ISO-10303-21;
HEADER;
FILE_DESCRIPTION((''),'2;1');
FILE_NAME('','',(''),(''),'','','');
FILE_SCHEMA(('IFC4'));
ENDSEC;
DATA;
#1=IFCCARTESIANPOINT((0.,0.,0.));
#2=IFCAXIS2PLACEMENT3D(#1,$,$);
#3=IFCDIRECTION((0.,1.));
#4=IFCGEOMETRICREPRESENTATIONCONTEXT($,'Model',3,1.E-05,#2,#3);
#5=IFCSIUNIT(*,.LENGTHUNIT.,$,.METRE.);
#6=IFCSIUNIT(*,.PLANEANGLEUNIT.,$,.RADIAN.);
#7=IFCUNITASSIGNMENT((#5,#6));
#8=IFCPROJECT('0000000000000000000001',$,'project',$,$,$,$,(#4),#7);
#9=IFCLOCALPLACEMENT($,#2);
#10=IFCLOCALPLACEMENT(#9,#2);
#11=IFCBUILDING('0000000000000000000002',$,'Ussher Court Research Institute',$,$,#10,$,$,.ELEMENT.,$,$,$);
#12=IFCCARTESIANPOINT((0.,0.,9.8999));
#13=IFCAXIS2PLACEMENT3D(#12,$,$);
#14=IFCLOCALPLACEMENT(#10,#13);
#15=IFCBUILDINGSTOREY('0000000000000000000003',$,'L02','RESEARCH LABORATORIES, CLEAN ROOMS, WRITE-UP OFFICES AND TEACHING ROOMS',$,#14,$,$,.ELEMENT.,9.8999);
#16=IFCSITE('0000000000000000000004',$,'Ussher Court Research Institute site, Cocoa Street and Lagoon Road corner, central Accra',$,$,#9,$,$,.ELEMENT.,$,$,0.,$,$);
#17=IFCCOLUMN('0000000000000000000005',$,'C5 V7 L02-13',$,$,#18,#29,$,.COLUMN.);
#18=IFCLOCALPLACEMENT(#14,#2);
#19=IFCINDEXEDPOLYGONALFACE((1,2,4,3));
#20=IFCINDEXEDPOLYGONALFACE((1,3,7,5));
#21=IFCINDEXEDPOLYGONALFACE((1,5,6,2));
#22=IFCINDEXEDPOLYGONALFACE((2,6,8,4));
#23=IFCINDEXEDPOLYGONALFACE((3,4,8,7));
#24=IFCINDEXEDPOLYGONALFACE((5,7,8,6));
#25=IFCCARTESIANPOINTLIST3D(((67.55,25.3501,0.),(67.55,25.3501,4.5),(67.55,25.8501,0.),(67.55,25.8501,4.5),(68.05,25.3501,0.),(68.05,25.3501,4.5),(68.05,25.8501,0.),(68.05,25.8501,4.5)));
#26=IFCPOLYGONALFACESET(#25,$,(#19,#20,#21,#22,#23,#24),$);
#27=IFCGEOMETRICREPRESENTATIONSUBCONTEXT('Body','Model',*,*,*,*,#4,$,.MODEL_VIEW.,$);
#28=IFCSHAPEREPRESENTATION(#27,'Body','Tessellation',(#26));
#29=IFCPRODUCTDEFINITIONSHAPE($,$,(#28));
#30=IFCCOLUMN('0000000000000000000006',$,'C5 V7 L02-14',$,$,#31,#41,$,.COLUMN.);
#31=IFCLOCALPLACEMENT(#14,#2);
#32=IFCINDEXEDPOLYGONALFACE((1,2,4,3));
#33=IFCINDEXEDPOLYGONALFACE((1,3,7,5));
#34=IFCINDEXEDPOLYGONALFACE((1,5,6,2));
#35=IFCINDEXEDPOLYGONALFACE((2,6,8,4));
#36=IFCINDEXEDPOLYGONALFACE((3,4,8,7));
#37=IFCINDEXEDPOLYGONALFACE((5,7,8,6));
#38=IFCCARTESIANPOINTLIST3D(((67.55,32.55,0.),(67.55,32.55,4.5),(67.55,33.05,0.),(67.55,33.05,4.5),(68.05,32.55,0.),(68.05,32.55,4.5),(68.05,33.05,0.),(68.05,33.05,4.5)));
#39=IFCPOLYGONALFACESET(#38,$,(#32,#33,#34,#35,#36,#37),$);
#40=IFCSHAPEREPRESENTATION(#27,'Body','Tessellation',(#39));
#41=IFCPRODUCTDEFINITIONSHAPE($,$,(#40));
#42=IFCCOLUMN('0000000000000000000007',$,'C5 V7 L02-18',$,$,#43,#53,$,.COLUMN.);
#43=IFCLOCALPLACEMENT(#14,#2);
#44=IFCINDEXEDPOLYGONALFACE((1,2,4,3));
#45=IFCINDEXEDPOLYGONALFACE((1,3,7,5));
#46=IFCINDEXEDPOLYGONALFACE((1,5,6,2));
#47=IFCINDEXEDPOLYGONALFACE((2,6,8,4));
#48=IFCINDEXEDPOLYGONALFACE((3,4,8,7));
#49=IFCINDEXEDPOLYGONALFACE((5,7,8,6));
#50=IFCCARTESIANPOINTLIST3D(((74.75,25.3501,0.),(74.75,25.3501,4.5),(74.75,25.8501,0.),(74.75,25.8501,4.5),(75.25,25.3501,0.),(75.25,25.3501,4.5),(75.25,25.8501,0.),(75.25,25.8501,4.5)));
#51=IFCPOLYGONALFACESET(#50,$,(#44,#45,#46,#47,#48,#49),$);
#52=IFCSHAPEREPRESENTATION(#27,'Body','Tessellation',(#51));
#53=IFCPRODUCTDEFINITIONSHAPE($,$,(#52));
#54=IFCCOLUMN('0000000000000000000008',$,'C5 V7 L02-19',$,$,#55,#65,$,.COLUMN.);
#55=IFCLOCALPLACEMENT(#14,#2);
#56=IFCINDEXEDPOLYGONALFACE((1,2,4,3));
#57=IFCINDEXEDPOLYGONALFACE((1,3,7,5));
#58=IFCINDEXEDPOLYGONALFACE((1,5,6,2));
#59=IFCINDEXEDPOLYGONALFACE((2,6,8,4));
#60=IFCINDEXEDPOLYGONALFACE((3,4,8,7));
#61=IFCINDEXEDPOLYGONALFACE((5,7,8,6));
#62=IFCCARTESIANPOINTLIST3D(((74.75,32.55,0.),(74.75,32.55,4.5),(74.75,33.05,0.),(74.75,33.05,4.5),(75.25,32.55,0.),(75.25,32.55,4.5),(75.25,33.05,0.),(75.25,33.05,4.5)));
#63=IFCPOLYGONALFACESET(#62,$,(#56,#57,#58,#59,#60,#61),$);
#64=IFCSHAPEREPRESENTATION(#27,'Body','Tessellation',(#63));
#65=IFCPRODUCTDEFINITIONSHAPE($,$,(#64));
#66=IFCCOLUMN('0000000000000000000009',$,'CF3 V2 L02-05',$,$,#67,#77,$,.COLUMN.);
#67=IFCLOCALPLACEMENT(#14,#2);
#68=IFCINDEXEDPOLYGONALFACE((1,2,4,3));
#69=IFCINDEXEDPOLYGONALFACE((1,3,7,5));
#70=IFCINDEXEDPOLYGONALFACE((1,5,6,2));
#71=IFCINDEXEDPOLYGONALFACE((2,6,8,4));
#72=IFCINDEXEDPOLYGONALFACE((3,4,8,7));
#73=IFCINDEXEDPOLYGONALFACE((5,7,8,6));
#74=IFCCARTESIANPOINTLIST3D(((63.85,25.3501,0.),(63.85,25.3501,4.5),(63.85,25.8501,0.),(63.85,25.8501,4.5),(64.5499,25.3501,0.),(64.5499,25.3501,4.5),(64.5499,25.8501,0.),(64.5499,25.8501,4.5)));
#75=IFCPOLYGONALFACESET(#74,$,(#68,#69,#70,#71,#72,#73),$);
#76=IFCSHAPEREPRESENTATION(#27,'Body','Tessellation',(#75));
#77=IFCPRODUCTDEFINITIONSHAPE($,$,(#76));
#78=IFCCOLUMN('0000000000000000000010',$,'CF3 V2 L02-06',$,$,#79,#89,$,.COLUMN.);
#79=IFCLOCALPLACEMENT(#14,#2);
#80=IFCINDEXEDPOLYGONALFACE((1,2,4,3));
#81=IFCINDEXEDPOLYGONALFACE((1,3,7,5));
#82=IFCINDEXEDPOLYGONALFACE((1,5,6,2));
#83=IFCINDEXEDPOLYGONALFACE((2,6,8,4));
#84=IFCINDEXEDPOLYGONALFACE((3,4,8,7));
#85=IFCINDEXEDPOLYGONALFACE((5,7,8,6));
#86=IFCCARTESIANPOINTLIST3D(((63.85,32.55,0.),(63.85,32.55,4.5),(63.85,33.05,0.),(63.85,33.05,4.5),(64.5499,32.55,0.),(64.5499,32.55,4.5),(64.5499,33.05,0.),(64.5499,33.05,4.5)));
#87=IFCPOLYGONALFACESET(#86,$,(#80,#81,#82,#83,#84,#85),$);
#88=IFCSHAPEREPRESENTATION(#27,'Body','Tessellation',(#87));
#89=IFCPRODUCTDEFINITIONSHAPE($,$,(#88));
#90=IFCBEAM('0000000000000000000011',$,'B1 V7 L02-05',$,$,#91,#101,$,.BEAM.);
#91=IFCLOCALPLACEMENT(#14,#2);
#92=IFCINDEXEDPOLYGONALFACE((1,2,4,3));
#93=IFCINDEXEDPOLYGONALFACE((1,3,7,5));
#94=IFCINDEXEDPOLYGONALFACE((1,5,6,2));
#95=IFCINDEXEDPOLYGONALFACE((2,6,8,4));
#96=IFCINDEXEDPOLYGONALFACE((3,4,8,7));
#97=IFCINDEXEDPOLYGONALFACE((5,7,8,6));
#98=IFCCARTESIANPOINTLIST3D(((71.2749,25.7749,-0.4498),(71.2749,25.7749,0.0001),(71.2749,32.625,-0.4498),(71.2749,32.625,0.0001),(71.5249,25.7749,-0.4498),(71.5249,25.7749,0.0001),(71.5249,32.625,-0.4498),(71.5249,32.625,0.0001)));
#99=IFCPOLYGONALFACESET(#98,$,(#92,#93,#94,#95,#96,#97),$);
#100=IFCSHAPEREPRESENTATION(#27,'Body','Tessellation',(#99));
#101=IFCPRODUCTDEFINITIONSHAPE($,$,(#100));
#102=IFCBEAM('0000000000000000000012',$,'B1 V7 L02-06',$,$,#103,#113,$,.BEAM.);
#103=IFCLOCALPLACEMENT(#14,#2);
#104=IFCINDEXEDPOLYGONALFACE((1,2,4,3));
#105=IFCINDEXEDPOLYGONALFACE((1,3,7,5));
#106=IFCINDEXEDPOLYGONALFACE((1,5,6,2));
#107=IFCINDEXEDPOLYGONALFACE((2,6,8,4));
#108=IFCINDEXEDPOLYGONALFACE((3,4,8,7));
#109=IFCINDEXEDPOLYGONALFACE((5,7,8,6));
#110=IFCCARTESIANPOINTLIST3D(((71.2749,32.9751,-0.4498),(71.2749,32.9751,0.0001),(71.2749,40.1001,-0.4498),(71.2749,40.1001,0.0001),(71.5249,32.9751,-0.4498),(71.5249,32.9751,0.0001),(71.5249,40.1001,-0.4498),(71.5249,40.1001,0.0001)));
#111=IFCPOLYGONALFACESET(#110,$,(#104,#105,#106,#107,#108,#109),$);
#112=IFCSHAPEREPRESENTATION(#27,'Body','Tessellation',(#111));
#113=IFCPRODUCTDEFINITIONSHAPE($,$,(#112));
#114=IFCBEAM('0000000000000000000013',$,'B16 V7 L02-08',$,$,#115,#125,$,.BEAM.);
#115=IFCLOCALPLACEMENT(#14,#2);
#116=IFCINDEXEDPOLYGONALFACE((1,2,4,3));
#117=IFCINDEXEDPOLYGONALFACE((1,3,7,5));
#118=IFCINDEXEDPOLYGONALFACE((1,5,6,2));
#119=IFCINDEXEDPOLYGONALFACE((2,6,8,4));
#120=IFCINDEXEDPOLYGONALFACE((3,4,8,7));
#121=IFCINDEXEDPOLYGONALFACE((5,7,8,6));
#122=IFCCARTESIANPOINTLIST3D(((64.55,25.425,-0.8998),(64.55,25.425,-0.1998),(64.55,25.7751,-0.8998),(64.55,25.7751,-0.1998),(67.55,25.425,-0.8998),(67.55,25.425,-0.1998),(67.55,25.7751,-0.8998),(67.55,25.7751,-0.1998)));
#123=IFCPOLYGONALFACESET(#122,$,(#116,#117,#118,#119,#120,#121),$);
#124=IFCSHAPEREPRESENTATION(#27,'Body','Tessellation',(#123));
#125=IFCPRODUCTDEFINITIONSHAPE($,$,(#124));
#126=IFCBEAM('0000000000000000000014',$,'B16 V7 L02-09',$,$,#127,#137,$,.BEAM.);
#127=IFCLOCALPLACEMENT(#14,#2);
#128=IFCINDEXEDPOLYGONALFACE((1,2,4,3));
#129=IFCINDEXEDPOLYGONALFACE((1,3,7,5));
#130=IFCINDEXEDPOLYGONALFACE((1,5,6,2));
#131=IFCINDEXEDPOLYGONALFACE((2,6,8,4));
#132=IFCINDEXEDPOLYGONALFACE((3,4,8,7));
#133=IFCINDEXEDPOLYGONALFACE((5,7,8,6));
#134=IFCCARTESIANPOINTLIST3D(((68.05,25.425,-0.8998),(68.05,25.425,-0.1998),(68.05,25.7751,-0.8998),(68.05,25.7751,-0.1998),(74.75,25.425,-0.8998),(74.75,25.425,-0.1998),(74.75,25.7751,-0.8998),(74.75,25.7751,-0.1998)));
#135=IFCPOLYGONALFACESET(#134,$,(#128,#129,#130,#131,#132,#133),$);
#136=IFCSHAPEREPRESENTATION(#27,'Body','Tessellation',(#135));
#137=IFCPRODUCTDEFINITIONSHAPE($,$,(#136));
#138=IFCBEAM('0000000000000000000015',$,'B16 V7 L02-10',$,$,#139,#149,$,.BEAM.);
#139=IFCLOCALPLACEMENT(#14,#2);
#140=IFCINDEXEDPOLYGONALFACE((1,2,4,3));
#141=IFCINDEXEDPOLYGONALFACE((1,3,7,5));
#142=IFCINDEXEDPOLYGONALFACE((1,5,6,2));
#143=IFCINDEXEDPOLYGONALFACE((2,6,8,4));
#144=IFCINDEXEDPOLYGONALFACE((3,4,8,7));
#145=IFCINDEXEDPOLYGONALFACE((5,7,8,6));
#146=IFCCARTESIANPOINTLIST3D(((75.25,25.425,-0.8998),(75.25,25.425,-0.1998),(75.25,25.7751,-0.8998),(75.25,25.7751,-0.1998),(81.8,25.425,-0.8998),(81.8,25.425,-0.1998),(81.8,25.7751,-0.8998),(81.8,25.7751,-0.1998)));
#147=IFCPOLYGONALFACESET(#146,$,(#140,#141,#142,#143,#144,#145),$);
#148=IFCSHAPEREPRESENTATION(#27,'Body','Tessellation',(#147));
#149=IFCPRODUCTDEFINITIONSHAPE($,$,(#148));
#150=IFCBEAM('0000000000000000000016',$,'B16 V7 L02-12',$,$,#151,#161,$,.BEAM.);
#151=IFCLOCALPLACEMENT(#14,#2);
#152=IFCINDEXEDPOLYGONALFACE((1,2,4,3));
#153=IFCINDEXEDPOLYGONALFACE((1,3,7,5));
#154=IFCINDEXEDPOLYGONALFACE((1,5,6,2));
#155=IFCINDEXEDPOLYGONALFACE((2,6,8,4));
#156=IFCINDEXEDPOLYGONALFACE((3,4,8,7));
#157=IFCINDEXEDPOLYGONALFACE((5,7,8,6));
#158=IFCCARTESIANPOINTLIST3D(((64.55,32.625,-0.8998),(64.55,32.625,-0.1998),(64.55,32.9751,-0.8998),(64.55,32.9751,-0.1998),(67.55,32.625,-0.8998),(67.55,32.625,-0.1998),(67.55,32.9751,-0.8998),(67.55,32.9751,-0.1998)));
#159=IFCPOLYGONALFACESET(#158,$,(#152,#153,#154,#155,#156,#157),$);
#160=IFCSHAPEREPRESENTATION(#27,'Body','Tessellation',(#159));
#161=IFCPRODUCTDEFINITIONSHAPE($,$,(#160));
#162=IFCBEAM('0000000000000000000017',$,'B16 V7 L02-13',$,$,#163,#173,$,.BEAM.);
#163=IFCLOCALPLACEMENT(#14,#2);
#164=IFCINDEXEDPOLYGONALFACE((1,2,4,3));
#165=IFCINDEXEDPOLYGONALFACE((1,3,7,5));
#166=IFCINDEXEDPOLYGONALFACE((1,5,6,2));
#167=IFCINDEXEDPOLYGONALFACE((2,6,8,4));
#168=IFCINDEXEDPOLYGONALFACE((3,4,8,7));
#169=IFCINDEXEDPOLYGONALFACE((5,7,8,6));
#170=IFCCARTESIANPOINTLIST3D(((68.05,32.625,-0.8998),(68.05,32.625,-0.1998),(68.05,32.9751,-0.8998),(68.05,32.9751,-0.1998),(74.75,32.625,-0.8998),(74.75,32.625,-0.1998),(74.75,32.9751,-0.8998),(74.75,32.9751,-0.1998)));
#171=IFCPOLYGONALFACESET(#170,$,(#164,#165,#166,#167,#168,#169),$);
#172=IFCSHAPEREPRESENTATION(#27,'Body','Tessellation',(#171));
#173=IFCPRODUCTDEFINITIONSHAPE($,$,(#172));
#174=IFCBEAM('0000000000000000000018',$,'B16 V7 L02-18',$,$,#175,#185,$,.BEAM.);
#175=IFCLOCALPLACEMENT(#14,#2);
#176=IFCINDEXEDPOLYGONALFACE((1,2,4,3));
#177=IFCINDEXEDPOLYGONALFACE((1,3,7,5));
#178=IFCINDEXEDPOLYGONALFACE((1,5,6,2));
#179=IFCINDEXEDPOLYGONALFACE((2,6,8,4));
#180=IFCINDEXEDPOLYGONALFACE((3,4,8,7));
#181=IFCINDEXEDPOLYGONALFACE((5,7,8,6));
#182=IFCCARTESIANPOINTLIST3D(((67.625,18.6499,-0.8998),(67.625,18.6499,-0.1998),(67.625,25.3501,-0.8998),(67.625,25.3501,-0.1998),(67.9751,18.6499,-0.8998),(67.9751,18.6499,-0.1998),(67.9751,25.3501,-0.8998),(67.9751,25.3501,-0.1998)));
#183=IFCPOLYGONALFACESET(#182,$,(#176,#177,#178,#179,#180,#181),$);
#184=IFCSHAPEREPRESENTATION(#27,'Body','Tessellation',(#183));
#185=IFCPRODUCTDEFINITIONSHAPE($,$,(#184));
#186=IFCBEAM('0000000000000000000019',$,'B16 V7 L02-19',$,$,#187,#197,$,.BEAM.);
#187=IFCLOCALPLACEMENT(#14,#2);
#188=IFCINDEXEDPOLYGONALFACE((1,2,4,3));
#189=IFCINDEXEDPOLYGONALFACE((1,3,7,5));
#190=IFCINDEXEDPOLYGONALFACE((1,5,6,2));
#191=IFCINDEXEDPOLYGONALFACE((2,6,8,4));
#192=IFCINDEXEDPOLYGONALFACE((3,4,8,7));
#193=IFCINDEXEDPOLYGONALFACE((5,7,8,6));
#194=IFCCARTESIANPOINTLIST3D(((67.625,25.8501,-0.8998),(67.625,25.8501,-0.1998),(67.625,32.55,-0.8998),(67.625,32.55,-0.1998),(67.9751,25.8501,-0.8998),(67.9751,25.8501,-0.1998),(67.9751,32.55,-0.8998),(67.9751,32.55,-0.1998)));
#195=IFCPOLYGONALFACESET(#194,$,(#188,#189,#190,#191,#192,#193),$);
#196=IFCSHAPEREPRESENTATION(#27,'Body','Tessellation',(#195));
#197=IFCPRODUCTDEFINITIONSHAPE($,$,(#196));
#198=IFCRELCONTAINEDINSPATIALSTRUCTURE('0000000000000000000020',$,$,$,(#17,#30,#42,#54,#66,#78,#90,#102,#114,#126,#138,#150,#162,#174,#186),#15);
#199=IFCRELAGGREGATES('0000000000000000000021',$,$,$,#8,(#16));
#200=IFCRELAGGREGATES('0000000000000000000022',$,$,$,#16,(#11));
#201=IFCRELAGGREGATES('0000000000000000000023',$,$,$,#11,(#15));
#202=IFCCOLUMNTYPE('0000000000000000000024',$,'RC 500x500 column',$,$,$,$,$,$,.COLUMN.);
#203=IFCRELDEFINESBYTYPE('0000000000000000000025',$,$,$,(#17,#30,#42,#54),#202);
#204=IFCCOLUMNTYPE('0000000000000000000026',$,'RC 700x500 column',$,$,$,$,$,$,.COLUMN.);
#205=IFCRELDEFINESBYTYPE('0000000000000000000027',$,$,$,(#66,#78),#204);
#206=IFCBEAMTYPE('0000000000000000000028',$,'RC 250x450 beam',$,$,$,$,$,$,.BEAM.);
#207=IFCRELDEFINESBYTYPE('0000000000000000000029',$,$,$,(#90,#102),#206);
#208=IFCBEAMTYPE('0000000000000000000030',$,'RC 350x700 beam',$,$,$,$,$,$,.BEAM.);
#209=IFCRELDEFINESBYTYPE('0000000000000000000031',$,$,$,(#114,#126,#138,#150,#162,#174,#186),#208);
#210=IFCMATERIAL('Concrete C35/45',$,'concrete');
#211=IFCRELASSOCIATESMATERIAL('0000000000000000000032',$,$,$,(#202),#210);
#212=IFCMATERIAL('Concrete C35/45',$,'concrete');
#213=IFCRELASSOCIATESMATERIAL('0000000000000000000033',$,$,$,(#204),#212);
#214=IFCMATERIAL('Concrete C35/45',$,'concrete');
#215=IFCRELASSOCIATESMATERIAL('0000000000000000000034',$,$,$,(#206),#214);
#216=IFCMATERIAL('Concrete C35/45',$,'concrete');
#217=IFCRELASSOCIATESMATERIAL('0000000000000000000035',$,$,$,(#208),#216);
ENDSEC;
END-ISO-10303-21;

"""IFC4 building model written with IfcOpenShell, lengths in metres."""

from ifc_helpers import new_model, si_unit, direction, frame, origin, origin_2d, place, context, subcontext, project, spatial, rectangle, extrude, material, material_profile, profile_set, type_object, element, save


model = new_model("IFC4")

# Units and contexts
model_context = context("Model", 3, precision=1e-05, world=origin(), true_north=direction((0.0, 1.0)))
body_context = subcontext(model_context, "Body", "Model", "MODEL_VIEW")
ifc_project = project(units=[si_unit("LENGTHUNIT", "METRE"), si_unit("PLANEANGLEUNIT", "RADIAN")], contexts=[model_context])

# Site, building, storey
site_placement = place(None, origin())
site = spatial("IfcSite", under=ifc_project, at=site_placement, Name="Ussher Court Research Institute site, Cocoa Street and Lagoon Road corner, central Accra", CompositionType="ELEMENT", RefElevation=0.0)
building_placement = place(site_placement, origin())
building = spatial("IfcBuilding", under=site, at=building_placement, Name="Ussher Court Research Institute", CompositionType="ELEMENT")
storey_placement = place(building_placement, frame((0.0, 0.0, 9.8999)))
storey = spatial("IfcBuildingStorey", under=building, at=storey_placement, Name="L02", Description="RESEARCH LABORATORIES, CLEAN ROOMS, WRITE-UP OFFICES AND TEACHING ROOMS", CompositionType="ELEMENT", Elevation=9.8999)

# Columns
ifc_material_1 = material(Name="Concrete C35/45", Category="concrete")
ifc_material_profile_1 = material_profile(ifc_material_1, rectangle(XDim=0.5, YDim=0.5, at=origin_2d()), Name="RC 500x500")
ifc_profile_set_1 = profile_set([ifc_material_profile_1], Name="Concrete C35/45")
column_type_1 = type_object("IfcColumnType", Name="RC 500x500 column", PredefinedType="COLUMN", material=ifc_profile_set_1)
for number, where, z_axis, x_axis, name in (
    (1, (67.8, 25.6001, 0.0), (0.0, 0.0, 1.0), (1.0, 0.0, 0.0), "C5 V7 L02-13"),
    (2, (67.8, 32.8, 0.0), (0.0, 0.0, 1.0), (1.0, 0.0, 0.0), "C5 V7 L02-14"),
    (3, (75.0, 25.6001, 0.0), (0.0, 0.0, 1.0), (1.0, 0.0, 0.0), "C5 V7 L02-18"),
    (4, (75.0, 32.8, 0.0), (0.0, 0.0, 1.0), (1.0, 0.0, 0.0), "C5 V7 L02-19"),
):
    element("IfcColumn", number, at=place(storey_placement, frame(where, z_axis=z_axis, x_axis=x_axis)), inside=storey, type_object=column_type_1, Name=name, PredefinedType="COLUMN", context=body_context, shape_type="SweptSolid", body=[
        extrude(rectangle(XDim=0.5, YDim=0.5, at=origin_2d()), origin(), (0.0, 0.0, 1.0), 4.5),
    ])
ifc_material_2 = material(Name="Concrete C35/45", Category="concrete")
ifc_material_profile_2 = material_profile(ifc_material_2, rectangle(XDim=0.7, YDim=0.5, at=origin_2d()), Name="RC 700x500")
ifc_profile_set_2 = profile_set([ifc_material_profile_2], Name="Concrete C35/45")
column_type_2 = type_object("IfcColumnType", Name="RC 700x500 column", PredefinedType="COLUMN", material=ifc_profile_set_2)
for number, where, z_axis, x_axis, name in (
    (5, (64.2, 25.6001, 0.0), (0.0, 0.0, 1.0), (1.0, 0.0, 0.0), "CF3 V2 L02-05"),
    (6, (64.2, 32.8, 0.0), (0.0, 0.0, 1.0), (1.0, 0.0, 0.0), "CF3 V2 L02-06"),
):
    element("IfcColumn", number, at=place(storey_placement, frame(where, z_axis=z_axis, x_axis=x_axis)), inside=storey, type_object=column_type_2, Name=name, PredefinedType="COLUMN", context=body_context, shape_type="SweptSolid", body=[
        extrude(rectangle(XDim=0.7, YDim=0.5, at=origin_2d()), origin(), (0.0, 0.0, 1.0), 4.5),
    ])

# Beams
ifc_material_3 = material(Name="Concrete C35/45", Category="concrete")
ifc_material_profile_3 = material_profile(ifc_material_3, rectangle(XDim=0.25, YDim=0.45, at=origin_2d()), Name="RC 250x450")
ifc_profile_set_3 = profile_set([ifc_material_profile_3], Name="Concrete C35/45")
beam_type_1 = type_object("IfcBeamType", Name="RC 250x450 beam", PredefinedType="BEAM", material=ifc_profile_set_3)
beam_1_placement = place(storey_placement, frame((71.3999, 25.7749, -0.2249), z_axis=(0.0, 1.0, 0.0), x_axis=(-1.0, 0.0, 0.0)))
element("IfcBeam", 7, at=beam_1_placement, inside=storey, type_object=beam_type_1, Name="B1 V7 L02-05", PredefinedType="BEAM", context=body_context, shape_type="SweptSolid", body=[
    extrude(rectangle(XDim=0.25, YDim=0.45, at=origin_2d()), origin(), (0.0, 0.0, 1.0), 6.8501),
])
beam_2_placement = place(storey_placement, frame((71.3999, 32.9751, -0.2249), z_axis=(0.0, 1.0, 0.0), x_axis=(-1.0, 0.0, 0.0)))
element("IfcBeam", 8, at=beam_2_placement, inside=storey, type_object=beam_type_1, Name="B1 V7 L02-06", PredefinedType="BEAM", context=body_context, shape_type="SweptSolid", body=[
    extrude(rectangle(XDim=0.25, YDim=0.45, at=origin_2d()), origin(), (0.0, 0.0, 1.0), 7.125),
])
ifc_material_4 = material(Name="Concrete C35/45", Category="concrete")
ifc_material_profile_4 = material_profile(ifc_material_4, rectangle(XDim=0.3501, YDim=0.7, at=origin_2d()), Name="RC 350x700")
ifc_profile_set_4 = profile_set([ifc_material_profile_4], Name="Concrete C35/45")
beam_type_2 = type_object("IfcBeamType", Name="RC 350x700 beam", PredefinedType="BEAM", material=ifc_profile_set_4)
beam_3_placement = place(storey_placement, frame((64.55, 25.6001, -0.5498), z_axis=(1.0, 0.0, 0.0), x_axis=(0.0, 1.0, 0.0)))
element("IfcBeam", 9, at=beam_3_placement, inside=storey, type_object=beam_type_2, Name="B16 V7 L02-08", PredefinedType="BEAM", context=body_context, shape_type="SweptSolid", body=[
    extrude(rectangle(XDim=0.3501, YDim=0.7, at=origin_2d()), origin(), (0.0, 0.0, 1.0), 3.0),
])
beam_4_placement = place(storey_placement, frame((68.05, 25.6001, -0.5498), z_axis=(1.0, 0.0, 0.0), x_axis=(0.0, 1.0, 0.0)))
element("IfcBeam", 10, at=beam_4_placement, inside=storey, type_object=beam_type_2, Name="B16 V7 L02-09", PredefinedType="BEAM", context=body_context, shape_type="SweptSolid", body=[
    extrude(rectangle(XDim=0.3501, YDim=0.7, at=origin_2d()), origin(), (0.0, 0.0, 1.0), 6.7),
])
beam_5_placement = place(storey_placement, frame((75.25, 25.6001, -0.5498), z_axis=(1.0, 0.0, 0.0), x_axis=(0.0, 1.0, 0.0)))
element("IfcBeam", 11, at=beam_5_placement, inside=storey, type_object=beam_type_2, Name="B16 V7 L02-10", PredefinedType="BEAM", context=body_context, shape_type="SweptSolid", body=[
    extrude(rectangle(XDim=0.3501, YDim=0.7, at=origin_2d()), origin(), (0.0, 0.0, 1.0), 6.55),
])
beam_6_placement = place(storey_placement, frame((64.55, 32.8, -0.5498), z_axis=(1.0, 0.0, 0.0), x_axis=(0.0, 1.0, 0.0)))
element("IfcBeam", 12, at=beam_6_placement, inside=storey, type_object=beam_type_2, Name="B16 V7 L02-12", PredefinedType="BEAM", context=body_context, shape_type="SweptSolid", body=[
    extrude(rectangle(XDim=0.3501, YDim=0.7, at=origin_2d()), origin(), (0.0, 0.0, 1.0), 3.0),
])
beam_7_placement = place(storey_placement, frame((68.05, 32.8, -0.5498), z_axis=(1.0, 0.0, 0.0), x_axis=(0.0, 1.0, 0.0)))
element("IfcBeam", 13, at=beam_7_placement, inside=storey, type_object=beam_type_2, Name="B16 V7 L02-13", PredefinedType="BEAM", context=body_context, shape_type="SweptSolid", body=[
    extrude(rectangle(XDim=0.3501, YDim=0.7, at=origin_2d()), origin(), (0.0, 0.0, 1.0), 6.7),
])
beam_8_placement = place(storey_placement, frame((67.8, 18.6499, -0.5498), z_axis=(0.0, 1.0, 0.0), x_axis=(-1.0, 0.0, 0.0)))
element("IfcBeam", 14, at=beam_8_placement, inside=storey, type_object=beam_type_2, Name="B16 V7 L02-18", PredefinedType="BEAM", context=body_context, shape_type="SweptSolid", body=[
    extrude(rectangle(XDim=0.3501, YDim=0.7, at=origin_2d()), origin(), (0.0, 0.0, 1.0), 6.7002),
])
beam_9_placement = place(storey_placement, frame((67.8, 25.8501, -0.5498), z_axis=(0.0, 1.0, 0.0), x_axis=(-1.0, 0.0, 0.0)))
element("IfcBeam", 15, at=beam_9_placement, inside=storey, type_object=beam_type_2, Name="B16 V7 L02-19", PredefinedType="BEAM", context=body_context, shape_type="SweptSolid", body=[
    extrude(rectangle(XDim=0.3501, YDim=0.7, at=origin_2d()), origin(), (0.0, 0.0, 1.0), 6.7),
])

save(model, "model.ifc")
